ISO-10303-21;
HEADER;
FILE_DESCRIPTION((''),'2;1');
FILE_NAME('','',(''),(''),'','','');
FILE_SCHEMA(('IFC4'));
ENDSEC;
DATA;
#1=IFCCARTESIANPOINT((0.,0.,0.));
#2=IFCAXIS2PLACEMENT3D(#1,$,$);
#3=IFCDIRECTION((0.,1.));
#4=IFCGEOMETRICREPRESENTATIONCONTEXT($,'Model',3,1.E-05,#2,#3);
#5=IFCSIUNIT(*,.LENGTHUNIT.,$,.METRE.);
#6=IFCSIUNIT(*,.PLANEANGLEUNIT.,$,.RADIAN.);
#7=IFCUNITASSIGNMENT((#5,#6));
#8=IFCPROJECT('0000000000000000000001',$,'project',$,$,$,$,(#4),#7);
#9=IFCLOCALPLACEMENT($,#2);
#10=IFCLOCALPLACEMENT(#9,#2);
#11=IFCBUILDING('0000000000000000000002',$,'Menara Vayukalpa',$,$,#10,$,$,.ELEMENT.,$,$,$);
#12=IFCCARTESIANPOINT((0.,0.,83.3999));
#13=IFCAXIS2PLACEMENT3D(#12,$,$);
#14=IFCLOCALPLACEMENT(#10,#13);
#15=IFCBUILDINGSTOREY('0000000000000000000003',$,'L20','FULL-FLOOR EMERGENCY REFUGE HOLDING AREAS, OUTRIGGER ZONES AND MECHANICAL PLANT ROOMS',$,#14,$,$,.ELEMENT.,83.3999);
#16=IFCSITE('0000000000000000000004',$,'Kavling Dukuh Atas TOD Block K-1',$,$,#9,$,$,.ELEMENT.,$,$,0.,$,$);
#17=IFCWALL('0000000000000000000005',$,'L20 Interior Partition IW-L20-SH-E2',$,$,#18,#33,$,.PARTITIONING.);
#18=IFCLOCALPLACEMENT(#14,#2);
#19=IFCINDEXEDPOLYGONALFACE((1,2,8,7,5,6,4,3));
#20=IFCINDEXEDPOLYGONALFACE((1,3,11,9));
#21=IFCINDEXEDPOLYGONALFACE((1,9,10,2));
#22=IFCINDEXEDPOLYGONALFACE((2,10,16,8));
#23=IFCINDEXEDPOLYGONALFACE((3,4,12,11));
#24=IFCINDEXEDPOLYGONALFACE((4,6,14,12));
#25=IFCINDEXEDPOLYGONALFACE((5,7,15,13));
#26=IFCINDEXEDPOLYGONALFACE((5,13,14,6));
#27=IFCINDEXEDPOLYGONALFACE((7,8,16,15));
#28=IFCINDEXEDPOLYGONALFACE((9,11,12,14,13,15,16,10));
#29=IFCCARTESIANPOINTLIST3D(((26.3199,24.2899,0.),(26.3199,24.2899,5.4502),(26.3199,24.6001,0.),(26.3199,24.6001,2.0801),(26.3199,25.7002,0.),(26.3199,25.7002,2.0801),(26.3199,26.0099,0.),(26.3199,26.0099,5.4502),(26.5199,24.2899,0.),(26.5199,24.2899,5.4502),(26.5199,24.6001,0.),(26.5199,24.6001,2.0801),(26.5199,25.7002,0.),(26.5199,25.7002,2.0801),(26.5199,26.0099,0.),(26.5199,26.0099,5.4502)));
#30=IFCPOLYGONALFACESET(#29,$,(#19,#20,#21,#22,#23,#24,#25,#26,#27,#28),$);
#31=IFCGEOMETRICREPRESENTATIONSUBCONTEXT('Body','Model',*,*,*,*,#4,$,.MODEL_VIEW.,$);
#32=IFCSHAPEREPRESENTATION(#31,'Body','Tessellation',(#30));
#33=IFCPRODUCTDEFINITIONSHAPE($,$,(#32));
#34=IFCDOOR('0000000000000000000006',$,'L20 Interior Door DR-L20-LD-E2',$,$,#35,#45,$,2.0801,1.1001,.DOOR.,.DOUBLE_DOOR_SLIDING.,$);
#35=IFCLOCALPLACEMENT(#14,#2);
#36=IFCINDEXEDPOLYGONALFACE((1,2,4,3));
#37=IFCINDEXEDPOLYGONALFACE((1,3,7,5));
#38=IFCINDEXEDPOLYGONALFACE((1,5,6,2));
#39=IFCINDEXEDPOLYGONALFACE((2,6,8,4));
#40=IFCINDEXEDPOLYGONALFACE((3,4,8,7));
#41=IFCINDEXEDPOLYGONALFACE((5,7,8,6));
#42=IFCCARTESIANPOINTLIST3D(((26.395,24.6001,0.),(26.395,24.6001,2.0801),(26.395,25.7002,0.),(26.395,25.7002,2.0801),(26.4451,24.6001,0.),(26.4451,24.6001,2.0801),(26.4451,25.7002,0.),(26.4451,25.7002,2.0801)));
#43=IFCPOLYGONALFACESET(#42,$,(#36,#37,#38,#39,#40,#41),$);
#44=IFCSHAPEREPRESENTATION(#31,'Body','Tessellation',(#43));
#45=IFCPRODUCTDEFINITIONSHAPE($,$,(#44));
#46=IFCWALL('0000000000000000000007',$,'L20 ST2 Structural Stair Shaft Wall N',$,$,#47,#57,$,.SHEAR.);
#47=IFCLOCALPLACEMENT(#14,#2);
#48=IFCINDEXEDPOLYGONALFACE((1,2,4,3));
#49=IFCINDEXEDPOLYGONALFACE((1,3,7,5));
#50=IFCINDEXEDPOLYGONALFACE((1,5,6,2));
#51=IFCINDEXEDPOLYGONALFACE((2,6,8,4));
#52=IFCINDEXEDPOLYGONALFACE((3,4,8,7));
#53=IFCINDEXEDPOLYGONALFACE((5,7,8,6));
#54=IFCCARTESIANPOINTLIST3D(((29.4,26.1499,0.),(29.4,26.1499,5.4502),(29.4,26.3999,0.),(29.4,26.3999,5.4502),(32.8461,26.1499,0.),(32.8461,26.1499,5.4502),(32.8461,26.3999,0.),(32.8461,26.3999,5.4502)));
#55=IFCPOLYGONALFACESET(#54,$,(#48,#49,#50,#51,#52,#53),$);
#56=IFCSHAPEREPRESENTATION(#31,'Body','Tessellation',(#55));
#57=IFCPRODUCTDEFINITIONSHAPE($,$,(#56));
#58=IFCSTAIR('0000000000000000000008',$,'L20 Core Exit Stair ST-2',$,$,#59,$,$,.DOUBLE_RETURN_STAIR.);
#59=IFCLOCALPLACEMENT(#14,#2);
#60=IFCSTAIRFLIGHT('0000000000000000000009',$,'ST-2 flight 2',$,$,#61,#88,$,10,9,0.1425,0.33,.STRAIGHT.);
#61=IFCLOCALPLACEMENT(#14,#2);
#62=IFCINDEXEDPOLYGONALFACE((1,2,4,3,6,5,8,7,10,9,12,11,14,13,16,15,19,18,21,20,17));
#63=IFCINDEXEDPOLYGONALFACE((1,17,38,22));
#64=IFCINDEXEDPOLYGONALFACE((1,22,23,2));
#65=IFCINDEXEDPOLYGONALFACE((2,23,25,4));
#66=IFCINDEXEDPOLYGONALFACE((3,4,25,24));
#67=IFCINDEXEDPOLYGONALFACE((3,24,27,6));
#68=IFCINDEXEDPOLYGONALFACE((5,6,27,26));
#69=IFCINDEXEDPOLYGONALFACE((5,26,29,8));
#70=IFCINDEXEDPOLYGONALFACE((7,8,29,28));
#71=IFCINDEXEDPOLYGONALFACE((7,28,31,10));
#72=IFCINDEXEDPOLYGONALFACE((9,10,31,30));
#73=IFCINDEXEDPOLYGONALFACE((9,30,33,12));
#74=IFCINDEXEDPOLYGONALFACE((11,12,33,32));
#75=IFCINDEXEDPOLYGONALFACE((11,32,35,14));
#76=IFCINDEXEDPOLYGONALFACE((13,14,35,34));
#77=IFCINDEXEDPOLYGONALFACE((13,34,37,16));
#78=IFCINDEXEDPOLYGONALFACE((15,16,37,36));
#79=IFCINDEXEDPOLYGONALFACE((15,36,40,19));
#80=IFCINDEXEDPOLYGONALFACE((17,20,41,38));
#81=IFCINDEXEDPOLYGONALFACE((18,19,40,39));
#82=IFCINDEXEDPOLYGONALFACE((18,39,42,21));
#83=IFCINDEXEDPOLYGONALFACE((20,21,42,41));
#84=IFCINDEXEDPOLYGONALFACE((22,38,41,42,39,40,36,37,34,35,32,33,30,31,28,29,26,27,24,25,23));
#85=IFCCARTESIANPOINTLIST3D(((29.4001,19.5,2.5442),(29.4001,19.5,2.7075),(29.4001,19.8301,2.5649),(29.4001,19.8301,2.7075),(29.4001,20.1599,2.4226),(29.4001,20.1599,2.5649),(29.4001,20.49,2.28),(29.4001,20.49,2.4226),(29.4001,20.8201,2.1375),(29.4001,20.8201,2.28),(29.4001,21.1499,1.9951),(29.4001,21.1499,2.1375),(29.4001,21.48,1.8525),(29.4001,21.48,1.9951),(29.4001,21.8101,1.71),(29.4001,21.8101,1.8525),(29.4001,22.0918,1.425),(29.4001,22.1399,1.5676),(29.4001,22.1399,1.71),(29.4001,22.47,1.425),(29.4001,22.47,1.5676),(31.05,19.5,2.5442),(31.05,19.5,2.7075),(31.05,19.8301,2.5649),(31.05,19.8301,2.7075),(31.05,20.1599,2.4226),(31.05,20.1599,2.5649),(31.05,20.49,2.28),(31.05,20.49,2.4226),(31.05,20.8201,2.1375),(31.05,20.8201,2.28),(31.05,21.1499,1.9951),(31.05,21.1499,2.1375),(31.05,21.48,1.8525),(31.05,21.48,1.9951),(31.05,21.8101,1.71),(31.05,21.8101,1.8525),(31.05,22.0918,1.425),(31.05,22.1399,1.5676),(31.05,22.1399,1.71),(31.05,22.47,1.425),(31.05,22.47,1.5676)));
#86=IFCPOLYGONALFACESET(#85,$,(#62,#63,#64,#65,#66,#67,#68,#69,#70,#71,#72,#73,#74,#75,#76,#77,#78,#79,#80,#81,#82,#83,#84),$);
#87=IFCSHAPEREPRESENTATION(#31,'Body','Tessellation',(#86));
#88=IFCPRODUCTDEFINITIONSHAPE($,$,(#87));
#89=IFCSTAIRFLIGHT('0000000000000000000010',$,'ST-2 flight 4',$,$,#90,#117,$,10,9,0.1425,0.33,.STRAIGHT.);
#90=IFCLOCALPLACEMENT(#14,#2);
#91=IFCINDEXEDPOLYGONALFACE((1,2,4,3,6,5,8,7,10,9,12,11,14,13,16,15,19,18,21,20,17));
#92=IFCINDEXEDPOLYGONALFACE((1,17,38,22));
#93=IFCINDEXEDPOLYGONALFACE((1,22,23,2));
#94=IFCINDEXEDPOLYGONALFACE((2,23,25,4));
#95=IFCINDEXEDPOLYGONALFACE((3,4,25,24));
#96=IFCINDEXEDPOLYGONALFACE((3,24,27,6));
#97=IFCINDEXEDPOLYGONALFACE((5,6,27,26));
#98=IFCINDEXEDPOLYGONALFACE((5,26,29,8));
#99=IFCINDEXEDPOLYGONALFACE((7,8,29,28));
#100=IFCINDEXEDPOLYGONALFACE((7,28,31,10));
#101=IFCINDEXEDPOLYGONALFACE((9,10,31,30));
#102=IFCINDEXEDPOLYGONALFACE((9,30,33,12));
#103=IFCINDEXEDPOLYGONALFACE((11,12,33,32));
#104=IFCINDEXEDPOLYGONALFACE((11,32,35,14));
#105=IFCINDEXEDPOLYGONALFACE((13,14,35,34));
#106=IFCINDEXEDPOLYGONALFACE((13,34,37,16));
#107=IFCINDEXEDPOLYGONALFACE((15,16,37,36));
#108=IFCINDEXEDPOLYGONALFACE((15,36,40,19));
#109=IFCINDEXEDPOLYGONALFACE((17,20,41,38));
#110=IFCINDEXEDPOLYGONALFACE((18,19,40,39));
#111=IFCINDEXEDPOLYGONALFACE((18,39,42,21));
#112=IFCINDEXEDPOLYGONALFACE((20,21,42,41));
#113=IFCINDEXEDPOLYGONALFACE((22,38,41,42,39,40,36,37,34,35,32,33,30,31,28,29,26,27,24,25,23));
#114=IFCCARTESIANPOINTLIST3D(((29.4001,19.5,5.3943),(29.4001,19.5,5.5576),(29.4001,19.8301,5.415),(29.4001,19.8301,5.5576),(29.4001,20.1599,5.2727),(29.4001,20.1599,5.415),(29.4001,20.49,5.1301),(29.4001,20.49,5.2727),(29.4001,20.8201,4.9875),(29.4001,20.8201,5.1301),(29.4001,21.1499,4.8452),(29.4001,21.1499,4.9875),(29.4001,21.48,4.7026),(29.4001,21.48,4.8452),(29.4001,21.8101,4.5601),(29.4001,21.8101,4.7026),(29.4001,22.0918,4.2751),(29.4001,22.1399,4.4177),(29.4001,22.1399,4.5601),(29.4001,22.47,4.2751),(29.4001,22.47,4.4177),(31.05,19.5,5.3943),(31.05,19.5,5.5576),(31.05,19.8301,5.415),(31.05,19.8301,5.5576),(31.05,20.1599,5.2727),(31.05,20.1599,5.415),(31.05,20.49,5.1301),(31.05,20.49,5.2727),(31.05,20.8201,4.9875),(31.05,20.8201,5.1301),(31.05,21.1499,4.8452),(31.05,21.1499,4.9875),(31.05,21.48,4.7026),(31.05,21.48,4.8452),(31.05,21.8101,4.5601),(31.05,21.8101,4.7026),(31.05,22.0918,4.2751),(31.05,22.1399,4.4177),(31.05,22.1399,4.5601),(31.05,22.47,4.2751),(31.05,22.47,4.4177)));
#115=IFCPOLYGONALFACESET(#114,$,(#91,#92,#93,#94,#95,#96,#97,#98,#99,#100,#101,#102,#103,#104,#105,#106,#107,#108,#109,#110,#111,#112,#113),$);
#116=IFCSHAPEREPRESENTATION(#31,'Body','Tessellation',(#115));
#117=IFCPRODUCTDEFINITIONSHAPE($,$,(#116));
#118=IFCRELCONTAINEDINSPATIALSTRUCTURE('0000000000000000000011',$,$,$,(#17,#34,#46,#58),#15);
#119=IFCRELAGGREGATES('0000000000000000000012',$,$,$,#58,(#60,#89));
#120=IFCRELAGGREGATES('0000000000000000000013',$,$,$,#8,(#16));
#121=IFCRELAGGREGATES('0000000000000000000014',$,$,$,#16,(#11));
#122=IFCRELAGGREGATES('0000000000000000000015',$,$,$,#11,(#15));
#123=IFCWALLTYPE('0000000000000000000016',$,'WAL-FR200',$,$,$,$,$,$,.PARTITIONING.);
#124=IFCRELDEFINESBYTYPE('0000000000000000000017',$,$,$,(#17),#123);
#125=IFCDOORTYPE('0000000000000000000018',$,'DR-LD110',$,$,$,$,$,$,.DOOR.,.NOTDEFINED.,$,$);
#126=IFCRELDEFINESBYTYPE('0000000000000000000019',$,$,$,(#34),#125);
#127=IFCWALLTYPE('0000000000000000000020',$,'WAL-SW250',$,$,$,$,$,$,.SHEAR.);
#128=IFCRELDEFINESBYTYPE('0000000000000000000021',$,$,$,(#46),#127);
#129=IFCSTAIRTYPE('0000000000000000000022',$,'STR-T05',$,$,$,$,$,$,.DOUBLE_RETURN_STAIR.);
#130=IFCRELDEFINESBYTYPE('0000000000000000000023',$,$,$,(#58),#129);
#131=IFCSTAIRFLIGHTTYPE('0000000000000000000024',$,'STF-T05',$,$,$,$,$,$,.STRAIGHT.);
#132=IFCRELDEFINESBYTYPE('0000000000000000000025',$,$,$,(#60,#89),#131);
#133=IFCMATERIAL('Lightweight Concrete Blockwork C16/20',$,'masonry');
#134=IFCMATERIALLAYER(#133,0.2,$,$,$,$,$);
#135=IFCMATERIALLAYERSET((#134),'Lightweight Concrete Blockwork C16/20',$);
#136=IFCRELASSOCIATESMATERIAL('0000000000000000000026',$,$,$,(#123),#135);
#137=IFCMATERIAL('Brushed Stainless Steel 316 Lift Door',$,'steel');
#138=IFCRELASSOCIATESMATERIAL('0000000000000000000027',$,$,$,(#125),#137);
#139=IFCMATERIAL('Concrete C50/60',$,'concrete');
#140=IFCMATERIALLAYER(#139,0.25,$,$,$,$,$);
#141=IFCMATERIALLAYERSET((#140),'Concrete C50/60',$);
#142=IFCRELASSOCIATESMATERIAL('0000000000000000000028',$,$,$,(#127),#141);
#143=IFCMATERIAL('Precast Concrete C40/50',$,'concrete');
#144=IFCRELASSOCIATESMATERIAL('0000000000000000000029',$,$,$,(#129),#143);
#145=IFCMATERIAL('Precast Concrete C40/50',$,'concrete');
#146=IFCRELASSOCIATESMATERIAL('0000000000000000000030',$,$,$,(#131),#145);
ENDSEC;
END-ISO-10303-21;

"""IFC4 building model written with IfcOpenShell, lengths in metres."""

from ifc_helpers import new_model, si_unit, direction, frame, frame_2d, origin, place, context, subcontext, project, spatial, polyline, rectangle, outline, extrude, material, layer, layer_set, type_object, element, fill, aggregate, save


model = new_model("IFC4")

# Units and contexts
model_context = context("Model", 3, precision=1e-05, world=origin(), true_north=direction((0.0, 1.0)))
body_context = subcontext(model_context, "Body", "Model", "MODEL_VIEW")
ifc_project = project(units=[si_unit("LENGTHUNIT", "METRE"), si_unit("PLANEANGLEUNIT", "RADIAN")], contexts=[model_context])

# Site, building, storey
site_placement = place(None, origin())
site = spatial("IfcSite", under=ifc_project, at=site_placement, Name="Kavling Dukuh Atas TOD Block K-1", CompositionType="ELEMENT", RefElevation=0.0)
building_placement = place(site_placement, origin())
building = spatial("IfcBuilding", under=site, at=building_placement, Name="Menara Vayukalpa", CompositionType="ELEMENT")
storey_placement = place(building_placement, frame((0.0, 0.0, 83.3999)))
storey = spatial("IfcBuildingStorey", under=building, at=storey_placement, Name="L20", Description="FULL-FLOOR EMERGENCY REFUGE HOLDING AREAS, OUTRIGGER ZONES AND MECHANICAL PLANT ROOMS", CompositionType="ELEMENT", Elevation=83.3999)

# Wall, opening, door
ifc_material_1 = material(Name="Lightweight Concrete Blockwork C16/20", Category="masonry")
ifc_layer_1 = layer(ifc_material_1, 0.2)
ifc_layer_set_1 = layer_set([ifc_layer_1], Name="Lightweight Concrete Blockwork C16/20")
wall_type_1 = type_object("IfcWallType", Name="WAL-FR200", PredefinedType="PARTITIONING", material=ifc_layer_set_1)
ifc_material_2 = material(Name="Brushed Stainless Steel 316 Lift Door", Category="steel")
door_type = type_object("IfcDoorType", Name="DR-LD110", OperationType="NOTDEFINED", PredefinedType="DOOR", material=ifc_material_2)
wall_1_placement = place(storey_placement, frame((26.4199, 24.29, 0.0), z_axis=(0.0, 0.0, 1.0), x_axis=(0.0, 1.0, 0.0)))
wall_1 = element("IfcWall", 1, at=wall_1_placement, inside=storey, type_object=wall_type_1, Name="L20 Interior Partition IW-L20-SH-E2", PredefinedType="PARTITIONING", context=body_context, shape_type="SweptSolid", body=[
    extrude(rectangle(XDim=1.72, YDim=0.2, at=frame_2d((0.8599, 0.0))), origin(), (0.0, 0.0, 1.0), 5.4502),
])
opening_1_placement = place(wall_1_placement, frame((0.3101, 0.0, 0.0)))
opening_1 = element("IfcOpeningElement", 2, at=opening_1_placement, cuts=wall_1, PredefinedType="OPENING", context=body_context, shape_type="SweptSolid", body=[
    extrude(rectangle(XDim=1.1001, YDim=2.0801, at=frame_2d((0.55, 1.04))), frame((0.0, 0.1099, 0.0), z_axis=(0.0, -1.0, 0.0), x_axis=(1.0, 0.0, 0.0)), (0.0, 0.0, 1.0), 0.22),
])
door_1_placement = place(opening_1_placement, origin())
door_1 = element("IfcDoor", 3, at=door_1_placement, inside=storey, type_object=door_type, Name="L20 Interior Door DR-L20-LD-E2", OperationType="DOUBLE_DOOR_SLIDING", OverallHeight=2.0801, OverallWidth=1.1001, PredefinedType="DOOR", context=body_context, shape_type="SweptSolid", body=[
    extrude(rectangle(XDim=1.1001, YDim=2.0801, at=frame_2d((0.55, 1.04))), frame((0.0, 0.0249, 0.0), z_axis=(0.0, -1.0, 0.0), x_axis=(1.0, 0.0, 0.0)), (0.0, 0.0, 1.0), 0.05),
])
fill(opening_1, door_1)

# Wall
ifc_material_3 = material(Name="Concrete C50/60", Category="concrete")
ifc_layer_2 = layer(ifc_material_3, 0.25)
ifc_layer_set_2 = layer_set([ifc_layer_2], Name="Concrete C50/60")
wall_type_2 = type_object("IfcWallType", Name="WAL-SW250", PredefinedType="SHEAR", material=ifc_layer_set_2)
wall_2_placement = place(storey_placement, frame((29.3999, 26.2749, 0.0), z_axis=(0.0, 0.0, 1.0), x_axis=(1.0, 0.0, 0.0)))
element("IfcWall", 4, at=wall_2_placement, inside=storey, type_object=wall_type_2, Name="L20 ST2 Structural Stair Shaft Wall N", PredefinedType="SHEAR", context=body_context, shape_type="SweptSolid", body=[
    extrude(rectangle(XDim=3.446, YDim=0.25, at=frame_2d((1.7231, 0.0))), origin(), (0.0, 0.0, 1.0), 5.4502),
])

# Stair, stair flights
ifc_material_4 = material(Name="Precast Concrete C40/50", Category="concrete")
stair_type = type_object("IfcStairType", Name="STR-T05", PredefinedType="DOUBLE_RETURN_STAIR", material=ifc_material_4)
stair_placement = place(storey_placement, origin())
stair = element("IfcStair", 5, at=stair_placement, inside=storey, type_object=stair_type, Name="L20 Core Exit Stair ST-2", PredefinedType="DOUBLE_RETURN_STAIR")
ifc_material_5 = material(Name="Precast Concrete C40/50", Category="concrete")
stair_flight_type = type_object("IfcStairFlightType", Name="STF-T05", PredefinedType="STRAIGHT", material=ifc_material_5)
stair_flight_1_placement = place(storey_placement, frame((30.2251, 22.47, 1.425), z_axis=(0.0, 0.0, 1.0), x_axis=(0.0, -1.0, 0.0)))
stair_flight_1 = element("IfcStairFlight", 6, at=stair_flight_1_placement, type_object=stair_flight_type, Name="ST-2 flight 2", NumberOfRisers=10, NumberOfTreads=9, PredefinedType="STRAIGHT", RiserHeight=0.1425, TreadLength=0.33, context=body_context, shape_type="SweptSolid", body=[
    extrude(outline(polyline([(0.0, 0.0), (0.0, 0.1426), (0.3301, 0.1426), (0.3301, 0.2849), (0.6599, 0.2849), (0.6599, 0.4275), (0.99, 0.4275), (0.99, 0.5701), (1.3201, 0.5701), (1.3201, 0.7124), (1.6499, 0.7124), (1.6499, 0.855), (1.98, 0.855), (1.98, 0.9976), (2.3101, 0.9976), (2.3101, 1.1399), (2.6399, 1.1399), (2.6399, 1.2825), (2.97, 1.2825), (2.97, 1.425), (2.97, 1.1191), (0.3782, 0.0), (0.0, 0.0)])), frame((0.0, 0.825, 0.0), z_axis=(0.0, -1.0, 0.0), x_axis=(1.0, 0.0, 0.0)), (0.0, 0.0, 1.0), 1.6499),
])
stair_flight_2_placement = place(storey_placement, frame((30.2251, 22.47, 4.2751), z_axis=(0.0, 0.0, 1.0), x_axis=(0.0, -1.0, 0.0)))
stair_flight_2 = element("IfcStairFlight", 7, at=stair_flight_2_placement, type_object=stair_flight_type, Name="ST-2 flight 4", NumberOfRisers=10, NumberOfTreads=9, PredefinedType="STRAIGHT", RiserHeight=0.1425, TreadLength=0.33, context=body_context, shape_type="SweptSolid", body=[
    extrude(outline(polyline([(0.0, 0.0), (0.0, 0.1426), (0.3301, 0.1426), (0.3301, 0.2849), (0.6599, 0.2849), (0.6599, 0.4275), (0.99, 0.4275), (0.99, 0.5701), (1.3201, 0.5701), (1.3201, 0.7124), (1.6499, 0.7124), (1.6499, 0.855), (1.98, 0.855), (1.98, 0.9976), (2.3101, 0.9976), (2.3101, 1.1399), (2.6399, 1.1399), (2.6399, 1.2825), (2.97, 1.2825), (2.97, 1.425), (2.97, 1.1191), (0.3782, 0.0), (0.0, 0.0)])), frame((0.0, 0.825, 0.0), z_axis=(0.0, -1.0, 0.0), x_axis=(1.0, 0.0, 0.0)), (0.0, 0.0, 1.0), 1.6499),
])
aggregate(stair, [stair_flight_1, stair_flight_2])

save(model, "model.ifc")
